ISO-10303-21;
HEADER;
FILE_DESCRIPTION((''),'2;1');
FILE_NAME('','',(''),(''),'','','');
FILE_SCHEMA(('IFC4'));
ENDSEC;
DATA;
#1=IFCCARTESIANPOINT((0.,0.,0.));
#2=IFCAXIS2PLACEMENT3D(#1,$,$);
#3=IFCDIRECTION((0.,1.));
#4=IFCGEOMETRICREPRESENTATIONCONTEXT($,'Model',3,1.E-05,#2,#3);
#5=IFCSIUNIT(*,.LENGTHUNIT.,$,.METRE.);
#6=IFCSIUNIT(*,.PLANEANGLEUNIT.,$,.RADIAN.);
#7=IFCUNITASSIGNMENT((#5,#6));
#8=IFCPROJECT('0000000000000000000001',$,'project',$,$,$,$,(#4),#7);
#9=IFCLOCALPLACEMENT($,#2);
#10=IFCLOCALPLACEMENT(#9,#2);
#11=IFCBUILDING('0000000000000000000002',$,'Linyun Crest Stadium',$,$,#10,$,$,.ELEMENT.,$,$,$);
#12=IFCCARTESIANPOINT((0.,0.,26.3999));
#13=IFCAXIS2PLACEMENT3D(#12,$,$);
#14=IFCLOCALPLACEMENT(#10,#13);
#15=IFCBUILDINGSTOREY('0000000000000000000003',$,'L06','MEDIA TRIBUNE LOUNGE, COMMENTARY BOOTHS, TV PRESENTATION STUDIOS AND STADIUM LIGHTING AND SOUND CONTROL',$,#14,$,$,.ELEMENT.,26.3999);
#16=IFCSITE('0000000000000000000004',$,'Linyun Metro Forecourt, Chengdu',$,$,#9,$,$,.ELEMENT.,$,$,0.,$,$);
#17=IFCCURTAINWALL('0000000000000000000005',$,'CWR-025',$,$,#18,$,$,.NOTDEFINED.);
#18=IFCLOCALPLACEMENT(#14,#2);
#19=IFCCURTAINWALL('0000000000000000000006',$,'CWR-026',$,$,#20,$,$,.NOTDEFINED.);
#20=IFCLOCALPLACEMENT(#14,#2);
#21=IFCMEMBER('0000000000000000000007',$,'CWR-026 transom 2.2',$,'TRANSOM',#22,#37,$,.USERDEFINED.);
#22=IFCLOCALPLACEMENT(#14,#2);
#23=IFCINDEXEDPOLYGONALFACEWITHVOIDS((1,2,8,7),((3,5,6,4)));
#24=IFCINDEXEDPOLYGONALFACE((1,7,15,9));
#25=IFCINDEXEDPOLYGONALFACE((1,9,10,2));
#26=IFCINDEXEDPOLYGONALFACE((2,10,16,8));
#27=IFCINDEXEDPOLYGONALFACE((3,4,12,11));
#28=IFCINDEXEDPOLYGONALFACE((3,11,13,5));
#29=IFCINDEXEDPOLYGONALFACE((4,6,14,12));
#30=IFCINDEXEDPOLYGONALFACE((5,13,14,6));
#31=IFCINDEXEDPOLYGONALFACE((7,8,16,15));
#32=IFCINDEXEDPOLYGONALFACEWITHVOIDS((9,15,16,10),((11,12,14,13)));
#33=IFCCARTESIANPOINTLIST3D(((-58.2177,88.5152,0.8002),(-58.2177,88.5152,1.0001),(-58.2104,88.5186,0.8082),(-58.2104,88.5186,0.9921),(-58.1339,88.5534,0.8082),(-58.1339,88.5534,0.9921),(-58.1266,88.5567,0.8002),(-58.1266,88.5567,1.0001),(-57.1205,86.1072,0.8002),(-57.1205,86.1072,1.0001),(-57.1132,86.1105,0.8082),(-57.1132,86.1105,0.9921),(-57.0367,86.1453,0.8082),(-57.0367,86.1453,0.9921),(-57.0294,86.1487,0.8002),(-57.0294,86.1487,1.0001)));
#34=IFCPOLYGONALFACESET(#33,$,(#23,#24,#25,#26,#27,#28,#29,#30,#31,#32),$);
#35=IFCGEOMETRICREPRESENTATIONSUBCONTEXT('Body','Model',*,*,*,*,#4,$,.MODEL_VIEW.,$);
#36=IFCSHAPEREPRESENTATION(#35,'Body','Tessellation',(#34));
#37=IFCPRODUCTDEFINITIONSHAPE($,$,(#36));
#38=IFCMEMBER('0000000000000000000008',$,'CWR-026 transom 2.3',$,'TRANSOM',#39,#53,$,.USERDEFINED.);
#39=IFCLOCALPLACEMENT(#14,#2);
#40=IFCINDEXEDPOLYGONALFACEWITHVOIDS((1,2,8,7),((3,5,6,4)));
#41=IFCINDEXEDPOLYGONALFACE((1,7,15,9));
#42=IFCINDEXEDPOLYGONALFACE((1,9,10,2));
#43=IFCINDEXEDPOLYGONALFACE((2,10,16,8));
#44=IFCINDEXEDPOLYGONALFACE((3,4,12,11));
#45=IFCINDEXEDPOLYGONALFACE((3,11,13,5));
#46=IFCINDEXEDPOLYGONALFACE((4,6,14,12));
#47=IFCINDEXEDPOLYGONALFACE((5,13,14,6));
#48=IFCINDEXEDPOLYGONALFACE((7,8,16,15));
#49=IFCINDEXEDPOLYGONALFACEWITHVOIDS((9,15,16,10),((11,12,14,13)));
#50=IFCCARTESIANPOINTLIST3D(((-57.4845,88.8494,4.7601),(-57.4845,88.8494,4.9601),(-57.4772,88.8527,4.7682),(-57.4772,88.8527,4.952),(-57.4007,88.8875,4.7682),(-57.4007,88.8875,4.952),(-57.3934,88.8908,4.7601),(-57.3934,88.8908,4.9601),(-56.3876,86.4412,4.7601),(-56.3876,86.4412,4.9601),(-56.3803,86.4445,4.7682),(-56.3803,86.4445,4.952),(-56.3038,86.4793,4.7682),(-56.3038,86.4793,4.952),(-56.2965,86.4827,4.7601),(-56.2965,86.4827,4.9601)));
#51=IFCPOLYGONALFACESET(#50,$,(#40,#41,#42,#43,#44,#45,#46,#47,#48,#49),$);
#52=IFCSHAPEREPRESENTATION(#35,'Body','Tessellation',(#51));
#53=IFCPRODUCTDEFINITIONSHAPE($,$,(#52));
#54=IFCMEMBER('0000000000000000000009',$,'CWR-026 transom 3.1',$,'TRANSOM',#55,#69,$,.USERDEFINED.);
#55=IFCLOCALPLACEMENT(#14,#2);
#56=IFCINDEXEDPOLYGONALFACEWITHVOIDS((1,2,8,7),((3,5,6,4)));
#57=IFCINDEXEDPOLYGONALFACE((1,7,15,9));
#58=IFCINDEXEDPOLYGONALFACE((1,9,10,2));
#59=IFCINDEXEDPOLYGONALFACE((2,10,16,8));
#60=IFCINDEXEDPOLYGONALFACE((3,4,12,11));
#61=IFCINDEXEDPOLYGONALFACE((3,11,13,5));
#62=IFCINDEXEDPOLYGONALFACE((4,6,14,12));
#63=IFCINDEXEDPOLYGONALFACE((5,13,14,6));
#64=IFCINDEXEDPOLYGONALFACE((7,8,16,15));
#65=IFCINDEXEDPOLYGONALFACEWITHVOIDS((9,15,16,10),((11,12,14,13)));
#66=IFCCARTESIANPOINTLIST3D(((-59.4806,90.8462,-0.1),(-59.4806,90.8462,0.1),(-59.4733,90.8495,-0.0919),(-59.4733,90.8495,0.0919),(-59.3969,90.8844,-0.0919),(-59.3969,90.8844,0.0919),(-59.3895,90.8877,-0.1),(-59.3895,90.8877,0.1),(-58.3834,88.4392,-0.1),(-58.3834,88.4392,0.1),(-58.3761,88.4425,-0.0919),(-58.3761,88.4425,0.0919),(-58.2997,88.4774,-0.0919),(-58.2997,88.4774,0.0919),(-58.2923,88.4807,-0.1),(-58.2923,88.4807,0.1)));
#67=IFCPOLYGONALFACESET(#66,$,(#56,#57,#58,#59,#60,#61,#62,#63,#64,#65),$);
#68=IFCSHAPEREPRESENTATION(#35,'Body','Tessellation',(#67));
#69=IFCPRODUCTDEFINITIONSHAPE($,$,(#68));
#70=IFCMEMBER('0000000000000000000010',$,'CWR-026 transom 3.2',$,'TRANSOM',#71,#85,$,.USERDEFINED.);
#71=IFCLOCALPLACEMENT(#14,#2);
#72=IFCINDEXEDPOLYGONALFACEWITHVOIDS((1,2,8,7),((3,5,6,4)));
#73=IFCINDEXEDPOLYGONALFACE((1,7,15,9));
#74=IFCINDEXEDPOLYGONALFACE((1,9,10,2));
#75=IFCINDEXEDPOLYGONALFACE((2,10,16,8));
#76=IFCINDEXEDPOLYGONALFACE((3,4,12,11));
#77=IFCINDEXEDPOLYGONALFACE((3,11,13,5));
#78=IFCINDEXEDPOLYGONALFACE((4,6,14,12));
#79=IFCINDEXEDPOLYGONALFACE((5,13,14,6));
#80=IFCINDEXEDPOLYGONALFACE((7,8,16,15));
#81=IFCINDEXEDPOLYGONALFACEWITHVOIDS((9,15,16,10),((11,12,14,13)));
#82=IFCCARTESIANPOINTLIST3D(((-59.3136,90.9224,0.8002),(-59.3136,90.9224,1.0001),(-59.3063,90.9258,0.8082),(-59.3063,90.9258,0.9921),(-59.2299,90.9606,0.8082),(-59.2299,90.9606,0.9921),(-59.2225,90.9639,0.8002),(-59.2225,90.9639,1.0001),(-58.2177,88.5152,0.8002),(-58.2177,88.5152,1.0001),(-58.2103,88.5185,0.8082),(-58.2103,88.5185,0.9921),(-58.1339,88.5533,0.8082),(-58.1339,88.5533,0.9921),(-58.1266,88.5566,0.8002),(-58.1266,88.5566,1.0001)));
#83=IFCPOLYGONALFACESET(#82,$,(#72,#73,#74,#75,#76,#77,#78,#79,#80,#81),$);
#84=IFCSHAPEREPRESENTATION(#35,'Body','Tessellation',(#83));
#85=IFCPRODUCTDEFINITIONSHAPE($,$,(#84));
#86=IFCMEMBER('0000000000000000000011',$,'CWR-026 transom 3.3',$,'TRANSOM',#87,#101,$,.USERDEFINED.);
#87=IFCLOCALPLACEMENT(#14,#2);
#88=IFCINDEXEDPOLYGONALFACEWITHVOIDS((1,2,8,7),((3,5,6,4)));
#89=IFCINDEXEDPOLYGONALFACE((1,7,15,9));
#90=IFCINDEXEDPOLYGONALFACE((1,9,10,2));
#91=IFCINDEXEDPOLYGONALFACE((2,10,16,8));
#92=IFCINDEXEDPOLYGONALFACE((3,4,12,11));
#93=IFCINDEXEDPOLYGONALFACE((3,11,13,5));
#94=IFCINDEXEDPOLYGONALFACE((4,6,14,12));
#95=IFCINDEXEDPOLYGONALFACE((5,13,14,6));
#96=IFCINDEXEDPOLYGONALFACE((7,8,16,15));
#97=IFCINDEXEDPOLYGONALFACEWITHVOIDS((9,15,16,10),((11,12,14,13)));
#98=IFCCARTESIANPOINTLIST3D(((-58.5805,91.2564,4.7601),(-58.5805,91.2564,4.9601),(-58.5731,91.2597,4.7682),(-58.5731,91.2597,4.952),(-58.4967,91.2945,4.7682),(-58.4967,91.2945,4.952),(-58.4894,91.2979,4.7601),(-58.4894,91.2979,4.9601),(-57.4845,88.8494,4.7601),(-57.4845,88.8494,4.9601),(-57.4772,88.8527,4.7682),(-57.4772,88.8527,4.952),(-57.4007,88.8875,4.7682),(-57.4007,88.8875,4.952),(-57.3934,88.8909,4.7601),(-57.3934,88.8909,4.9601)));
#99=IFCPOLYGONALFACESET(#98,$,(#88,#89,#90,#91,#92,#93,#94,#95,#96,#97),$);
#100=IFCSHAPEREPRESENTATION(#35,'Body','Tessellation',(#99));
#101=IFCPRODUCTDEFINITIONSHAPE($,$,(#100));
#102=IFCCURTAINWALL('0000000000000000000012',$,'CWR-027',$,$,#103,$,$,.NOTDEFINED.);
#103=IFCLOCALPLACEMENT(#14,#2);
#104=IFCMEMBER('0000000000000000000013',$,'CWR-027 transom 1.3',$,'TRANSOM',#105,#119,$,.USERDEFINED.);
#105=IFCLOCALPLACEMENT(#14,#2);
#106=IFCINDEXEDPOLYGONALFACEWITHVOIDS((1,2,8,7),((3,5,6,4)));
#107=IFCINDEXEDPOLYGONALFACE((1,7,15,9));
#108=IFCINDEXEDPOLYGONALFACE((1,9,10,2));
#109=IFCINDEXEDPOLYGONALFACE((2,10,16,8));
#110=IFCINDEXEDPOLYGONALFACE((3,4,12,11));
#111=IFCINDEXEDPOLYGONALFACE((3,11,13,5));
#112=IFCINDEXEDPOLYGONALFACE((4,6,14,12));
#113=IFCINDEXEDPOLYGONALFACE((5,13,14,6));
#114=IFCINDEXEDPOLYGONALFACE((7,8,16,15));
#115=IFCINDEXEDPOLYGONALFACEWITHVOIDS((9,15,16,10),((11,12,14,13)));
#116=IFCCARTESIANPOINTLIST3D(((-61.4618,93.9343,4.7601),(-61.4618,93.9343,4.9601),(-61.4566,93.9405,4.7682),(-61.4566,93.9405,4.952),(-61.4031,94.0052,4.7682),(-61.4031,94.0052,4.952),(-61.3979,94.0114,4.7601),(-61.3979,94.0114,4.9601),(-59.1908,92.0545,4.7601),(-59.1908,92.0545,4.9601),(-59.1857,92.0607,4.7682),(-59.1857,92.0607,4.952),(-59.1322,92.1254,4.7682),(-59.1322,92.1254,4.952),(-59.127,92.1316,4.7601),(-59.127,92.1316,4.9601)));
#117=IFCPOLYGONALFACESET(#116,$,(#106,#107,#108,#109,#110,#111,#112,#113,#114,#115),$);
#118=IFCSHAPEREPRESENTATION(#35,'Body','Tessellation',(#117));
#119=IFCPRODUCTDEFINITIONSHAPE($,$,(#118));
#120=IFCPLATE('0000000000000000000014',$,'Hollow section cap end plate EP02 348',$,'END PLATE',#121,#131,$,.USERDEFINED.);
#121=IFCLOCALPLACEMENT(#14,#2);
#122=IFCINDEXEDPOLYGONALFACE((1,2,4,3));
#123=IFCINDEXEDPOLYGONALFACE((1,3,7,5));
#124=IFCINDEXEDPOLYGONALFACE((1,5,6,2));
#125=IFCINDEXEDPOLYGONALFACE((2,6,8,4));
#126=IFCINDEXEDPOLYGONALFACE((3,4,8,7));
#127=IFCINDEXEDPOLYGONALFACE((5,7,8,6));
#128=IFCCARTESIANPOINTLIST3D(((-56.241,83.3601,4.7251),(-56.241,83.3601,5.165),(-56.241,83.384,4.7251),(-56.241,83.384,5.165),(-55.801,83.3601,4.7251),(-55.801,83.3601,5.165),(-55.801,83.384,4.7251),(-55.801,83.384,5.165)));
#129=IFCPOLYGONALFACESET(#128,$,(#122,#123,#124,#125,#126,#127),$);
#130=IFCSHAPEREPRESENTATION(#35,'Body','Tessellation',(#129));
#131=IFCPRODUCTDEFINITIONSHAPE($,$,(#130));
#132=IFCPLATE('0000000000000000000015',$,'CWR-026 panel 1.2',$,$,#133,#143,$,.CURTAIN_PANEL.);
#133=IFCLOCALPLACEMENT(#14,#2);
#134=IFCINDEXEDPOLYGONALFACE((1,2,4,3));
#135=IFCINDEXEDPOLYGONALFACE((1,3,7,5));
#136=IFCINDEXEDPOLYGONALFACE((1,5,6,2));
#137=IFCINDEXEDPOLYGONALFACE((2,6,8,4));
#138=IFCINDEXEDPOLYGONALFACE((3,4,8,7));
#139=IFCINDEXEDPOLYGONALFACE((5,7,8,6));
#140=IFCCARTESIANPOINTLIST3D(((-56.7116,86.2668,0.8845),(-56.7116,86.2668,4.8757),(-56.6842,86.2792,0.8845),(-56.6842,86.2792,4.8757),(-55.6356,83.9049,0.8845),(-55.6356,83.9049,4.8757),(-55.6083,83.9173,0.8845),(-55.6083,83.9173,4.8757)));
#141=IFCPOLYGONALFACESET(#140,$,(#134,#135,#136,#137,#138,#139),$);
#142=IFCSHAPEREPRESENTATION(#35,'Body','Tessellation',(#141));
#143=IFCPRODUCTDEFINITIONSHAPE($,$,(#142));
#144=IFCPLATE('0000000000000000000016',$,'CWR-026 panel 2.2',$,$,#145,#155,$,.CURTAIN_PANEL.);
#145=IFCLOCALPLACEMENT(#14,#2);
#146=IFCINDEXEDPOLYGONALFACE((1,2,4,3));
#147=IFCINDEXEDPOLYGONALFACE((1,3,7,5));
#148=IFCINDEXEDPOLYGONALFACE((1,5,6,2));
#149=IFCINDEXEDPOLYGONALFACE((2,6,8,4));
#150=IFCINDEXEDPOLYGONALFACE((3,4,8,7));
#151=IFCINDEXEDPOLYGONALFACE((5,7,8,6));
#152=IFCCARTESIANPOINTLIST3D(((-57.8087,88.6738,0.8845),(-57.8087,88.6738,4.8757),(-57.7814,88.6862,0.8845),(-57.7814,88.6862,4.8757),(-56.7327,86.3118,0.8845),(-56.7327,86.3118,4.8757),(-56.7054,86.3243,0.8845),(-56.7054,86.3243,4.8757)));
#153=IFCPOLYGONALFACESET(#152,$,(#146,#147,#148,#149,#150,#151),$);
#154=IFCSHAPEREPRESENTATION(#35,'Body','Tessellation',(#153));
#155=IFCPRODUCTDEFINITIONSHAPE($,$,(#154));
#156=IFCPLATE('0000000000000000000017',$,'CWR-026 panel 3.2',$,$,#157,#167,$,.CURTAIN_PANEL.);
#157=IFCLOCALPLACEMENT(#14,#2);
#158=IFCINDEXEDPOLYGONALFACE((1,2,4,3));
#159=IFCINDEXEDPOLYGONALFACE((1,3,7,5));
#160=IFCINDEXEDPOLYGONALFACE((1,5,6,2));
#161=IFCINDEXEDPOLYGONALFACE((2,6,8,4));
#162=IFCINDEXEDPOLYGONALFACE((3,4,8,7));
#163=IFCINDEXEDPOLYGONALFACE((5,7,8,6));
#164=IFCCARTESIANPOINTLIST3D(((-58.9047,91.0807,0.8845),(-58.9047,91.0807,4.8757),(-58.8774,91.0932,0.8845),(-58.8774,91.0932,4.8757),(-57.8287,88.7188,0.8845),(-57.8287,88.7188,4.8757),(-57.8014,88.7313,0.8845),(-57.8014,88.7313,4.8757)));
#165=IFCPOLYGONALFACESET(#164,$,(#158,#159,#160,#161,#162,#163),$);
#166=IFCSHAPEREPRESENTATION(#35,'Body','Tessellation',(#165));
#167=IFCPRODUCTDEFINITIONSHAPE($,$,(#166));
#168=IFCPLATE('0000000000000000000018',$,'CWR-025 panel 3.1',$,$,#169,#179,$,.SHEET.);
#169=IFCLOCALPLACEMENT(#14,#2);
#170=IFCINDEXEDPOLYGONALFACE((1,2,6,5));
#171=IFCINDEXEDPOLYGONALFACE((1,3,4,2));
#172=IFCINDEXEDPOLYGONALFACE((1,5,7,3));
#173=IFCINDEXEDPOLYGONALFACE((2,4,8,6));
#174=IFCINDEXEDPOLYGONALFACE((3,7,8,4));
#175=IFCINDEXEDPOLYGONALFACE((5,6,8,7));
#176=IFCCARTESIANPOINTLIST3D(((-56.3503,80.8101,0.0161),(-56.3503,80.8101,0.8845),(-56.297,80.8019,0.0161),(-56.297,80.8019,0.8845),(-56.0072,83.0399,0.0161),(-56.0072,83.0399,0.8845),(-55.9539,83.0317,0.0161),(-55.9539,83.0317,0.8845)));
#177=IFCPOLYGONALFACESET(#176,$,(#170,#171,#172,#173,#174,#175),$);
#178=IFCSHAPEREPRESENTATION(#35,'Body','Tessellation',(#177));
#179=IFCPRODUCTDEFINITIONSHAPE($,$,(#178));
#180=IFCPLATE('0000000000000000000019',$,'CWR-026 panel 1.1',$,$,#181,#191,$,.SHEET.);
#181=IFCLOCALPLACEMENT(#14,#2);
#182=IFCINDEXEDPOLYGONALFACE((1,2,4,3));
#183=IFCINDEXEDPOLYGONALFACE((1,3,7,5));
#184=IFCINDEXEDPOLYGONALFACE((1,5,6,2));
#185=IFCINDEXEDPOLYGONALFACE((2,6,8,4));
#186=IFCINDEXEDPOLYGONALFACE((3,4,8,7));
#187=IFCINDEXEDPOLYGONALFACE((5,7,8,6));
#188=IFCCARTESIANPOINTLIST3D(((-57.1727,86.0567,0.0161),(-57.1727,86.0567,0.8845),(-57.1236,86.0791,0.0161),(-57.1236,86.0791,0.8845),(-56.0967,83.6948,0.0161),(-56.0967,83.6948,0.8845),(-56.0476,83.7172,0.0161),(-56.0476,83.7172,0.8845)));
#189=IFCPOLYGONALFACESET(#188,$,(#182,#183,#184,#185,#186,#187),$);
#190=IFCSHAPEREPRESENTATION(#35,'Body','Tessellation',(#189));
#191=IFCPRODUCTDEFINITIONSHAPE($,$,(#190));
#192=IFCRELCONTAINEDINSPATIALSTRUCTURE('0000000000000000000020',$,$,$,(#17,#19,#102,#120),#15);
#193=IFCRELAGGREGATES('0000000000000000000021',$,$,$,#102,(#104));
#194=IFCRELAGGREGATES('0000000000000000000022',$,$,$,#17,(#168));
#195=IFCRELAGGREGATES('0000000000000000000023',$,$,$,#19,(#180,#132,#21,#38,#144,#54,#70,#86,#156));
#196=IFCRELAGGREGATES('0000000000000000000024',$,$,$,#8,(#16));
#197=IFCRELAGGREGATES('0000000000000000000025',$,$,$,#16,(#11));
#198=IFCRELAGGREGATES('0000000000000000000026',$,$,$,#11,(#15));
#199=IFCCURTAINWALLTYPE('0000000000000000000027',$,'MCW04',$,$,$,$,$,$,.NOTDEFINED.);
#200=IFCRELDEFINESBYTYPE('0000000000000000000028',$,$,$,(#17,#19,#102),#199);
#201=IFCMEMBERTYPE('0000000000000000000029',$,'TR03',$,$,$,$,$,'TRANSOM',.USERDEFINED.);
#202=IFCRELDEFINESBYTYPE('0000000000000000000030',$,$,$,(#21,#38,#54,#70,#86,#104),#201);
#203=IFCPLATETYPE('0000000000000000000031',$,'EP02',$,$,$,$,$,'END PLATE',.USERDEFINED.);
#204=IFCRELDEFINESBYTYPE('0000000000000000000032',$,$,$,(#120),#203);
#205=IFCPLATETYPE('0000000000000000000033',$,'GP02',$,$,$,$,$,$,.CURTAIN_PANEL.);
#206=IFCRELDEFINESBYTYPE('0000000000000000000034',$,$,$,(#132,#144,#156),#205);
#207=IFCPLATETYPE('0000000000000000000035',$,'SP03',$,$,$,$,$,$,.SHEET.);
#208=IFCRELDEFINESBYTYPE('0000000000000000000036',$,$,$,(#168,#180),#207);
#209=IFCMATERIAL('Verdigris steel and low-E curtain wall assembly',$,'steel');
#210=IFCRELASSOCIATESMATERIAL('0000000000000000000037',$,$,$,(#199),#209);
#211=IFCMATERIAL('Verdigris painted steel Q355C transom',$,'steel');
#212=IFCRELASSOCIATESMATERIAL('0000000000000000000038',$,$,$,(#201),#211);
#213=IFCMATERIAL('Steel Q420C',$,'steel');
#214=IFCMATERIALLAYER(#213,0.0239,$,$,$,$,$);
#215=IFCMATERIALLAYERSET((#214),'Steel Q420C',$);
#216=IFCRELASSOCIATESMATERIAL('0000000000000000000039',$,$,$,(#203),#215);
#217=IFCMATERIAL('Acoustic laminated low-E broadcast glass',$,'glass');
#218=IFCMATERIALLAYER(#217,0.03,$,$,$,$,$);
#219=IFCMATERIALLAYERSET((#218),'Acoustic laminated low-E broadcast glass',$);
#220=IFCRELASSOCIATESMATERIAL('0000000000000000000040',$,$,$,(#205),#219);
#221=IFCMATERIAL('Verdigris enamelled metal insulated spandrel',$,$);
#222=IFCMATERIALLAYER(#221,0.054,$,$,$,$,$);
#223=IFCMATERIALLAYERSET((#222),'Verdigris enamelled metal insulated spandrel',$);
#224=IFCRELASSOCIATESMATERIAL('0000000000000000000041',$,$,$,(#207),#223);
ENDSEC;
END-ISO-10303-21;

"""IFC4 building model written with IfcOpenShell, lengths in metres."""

from ifc_helpers import new_model, si_unit, direction, frame, origin, origin_2d, place, context, subcontext, project, spatial, rectangle, hollow_rectangle, extrude, material, layer, layer_set, material_profile, profile_set, type_object, element, aggregate, save


model = new_model("IFC4")

# Units and contexts
model_context = context("Model", 3, precision=1e-05, world=origin(), true_north=direction((0.0, 1.0)))
body_context = subcontext(model_context, "Body", "Model", "MODEL_VIEW")
ifc_project = project(units=[si_unit("LENGTHUNIT", "METRE"), si_unit("PLANEANGLEUNIT", "RADIAN")], contexts=[model_context])

# Site, building, storey
site_placement = place(None, origin())
site = spatial("IfcSite", under=ifc_project, at=site_placement, Name="Linyun Metro Forecourt, Chengdu", CompositionType="ELEMENT", RefElevation=0.0)
building_placement = place(site_placement, origin())
building = spatial("IfcBuilding", under=site, at=building_placement, Name="Linyun Crest Stadium", CompositionType="ELEMENT")
storey_placement = place(building_placement, frame((0.0, 0.0, 26.3999)))
storey = spatial("IfcBuildingStorey", under=building, at=storey_placement, Name="L06", Description="MEDIA TRIBUNE LOUNGE, COMMENTARY BOOTHS, TV PRESENTATION STUDIOS AND STADIUM LIGHTING AND SOUND CONTROL", CompositionType="ELEMENT", Elevation=26.3999)

# Curtain wall
ifc_material_1 = material(Name="Verdigris steel and low-E curtain wall assembly", Category="steel")
curtain_wall_type = type_object("IfcCurtainWallType", Name="MCW04", PredefinedType="NOTDEFINED", material=ifc_material_1)
curtain_wall_1_placement = place(storey_placement, origin())
curtain_wall_1 = element("IfcCurtainWall", 1, at=curtain_wall_1_placement, inside=storey, type_object=curtain_wall_type, Name="CWR-025", PredefinedType="NOTDEFINED")

# Curtain wall
curtain_wall_2_placement = place(storey_placement, origin())
curtain_wall_2 = element("IfcCurtainWall", 2, at=curtain_wall_2_placement, inside=storey, type_object=curtain_wall_type, Name="CWR-026", PredefinedType="NOTDEFINED")

# Members
ifc_material_2 = material(Name="Verdigris painted steel Q355C transom", Category="steel")
ifc_material_profile_1 = material_profile(ifc_material_2, hollow_rectangle(XDim=0.1001, YDim=0.2, WallThickness=0.0081, at=origin_2d()), Name="RHS 200x100x8")
ifc_profile_set_1 = profile_set([ifc_material_profile_1], Name="Verdigris painted steel Q355C transom")
member_type_1 = type_object("IfcMemberType", Name="TR03", ElementType="TRANSOM", PredefinedType="USERDEFINED", material=ifc_profile_set_1)
member_1_placement = place(storey_placement, frame((-57.075, 86.1279, 0.9001), z_axis=(-0.41463, 0.90999, 0.0), x_axis=(-0.90999, -0.41463, 0.0)))
member_1 = element("IfcMember", 3, at=member_1_placement, type_object=member_type_1, Name="CWR-026 transom 2.2", ObjectType="TRANSOM", PredefinedType="USERDEFINED", context=body_context, shape_type="SweptSolid", body=[
    extrude(hollow_rectangle(XDim=0.1001, YDim=0.2, WallThickness=0.0081, at=origin_2d()), origin(), (0.0, 0.0, 1.0), 2.6462),
])
member_2_placement = place(storey_placement, frame((-56.342, 86.4619, 4.8601), z_axis=(-0.414519, 0.910041, 0.0), x_axis=(-0.910041, -0.414519, 0.0)))
member_2 = element("IfcMember", 4, at=member_2_placement, type_object=member_type_1, Name="CWR-026 transom 2.3", ObjectType="TRANSOM", PredefinedType="USERDEFINED", context=body_context, shape_type="SweptSolid", body=[
    extrude(hollow_rectangle(XDim=0.1001, YDim=0.2, WallThickness=0.0081, at=origin_2d()), origin(), (0.0, 0.0, 1.0), 2.6462),
])
member_3_placement = place(storey_placement, frame((-58.3379, 88.46, 0.0), z_axis=(-0.414769, 0.909927, 0.0), x_axis=(-0.909927, -0.414769, 0.0)))
member_3 = element("IfcMember", 5, at=member_3_placement, type_object=member_type_1, Name="CWR-026 transom 3.1", ObjectType="TRANSOM", PredefinedType="USERDEFINED", context=body_context, shape_type="SweptSolid", body=[
    extrude(hollow_rectangle(XDim=0.1001, YDim=0.2, WallThickness=0.0081, at=origin_2d()), origin(), (0.0, 0.0, 1.0), 2.6453),
])
member_4_placement = place(storey_placement, frame((-58.1721, 88.5359, 0.9001), z_axis=(-0.414352, 0.910117, 0.0), x_axis=(-0.910117, -0.414352, 0.0)))
member_4 = element("IfcMember", 6, at=member_4_placement, type_object=member_type_1, Name="CWR-026 transom 3.2", ObjectType="TRANSOM", PredefinedType="USERDEFINED", context=body_context, shape_type="SweptSolid", body=[
    extrude(hollow_rectangle(XDim=0.1001, YDim=0.2, WallThickness=0.0081, at=origin_2d()), origin(), (0.0, 0.0, 1.0), 2.645),
])
member_5_placement = place(storey_placement, frame((-57.439, 88.8701, 4.8601), z_axis=(-0.414387, 0.910101, 0.0), x_axis=(-0.910101, -0.414387, 0.0)))
member_5 = element("IfcMember", 7, at=member_5_placement, type_object=member_type_1, Name="CWR-026 transom 3.3", ObjectType="TRANSOM", PredefinedType="USERDEFINED", context=body_context, shape_type="SweptSolid", body=[
    extrude(hollow_rectangle(XDim=0.1001, YDim=0.2, WallThickness=0.0081, at=origin_2d()), origin(), (0.0, 0.0, 1.0), 2.6448),
])

# Curtain wall, member
curtain_wall_3_placement = place(storey_placement, origin())
curtain_wall_3 = element("IfcCurtainWall", 8, at=curtain_wall_3_placement, inside=storey, type_object=curtain_wall_type, Name="CWR-027", PredefinedType="NOTDEFINED")
member_6_placement = place(storey_placement, frame((-59.1589, 92.093, 4.8601), z_axis=(-0.770321, 0.637656, 0.0), x_axis=(-0.637656, -0.770321, 0.0)))
member_6 = element("IfcMember", 9, at=member_6_placement, type_object=member_type_1, Name="CWR-027 transom 1.3", ObjectType="TRANSOM", PredefinedType="USERDEFINED", context=body_context, shape_type="SweptSolid", body=[
    extrude(hollow_rectangle(XDim=0.1001, YDim=0.2, WallThickness=0.0081, at=origin_2d()), origin(), (0.0, 0.0, 1.0), 2.948),
])
aggregate(curtain_wall_3, [member_6])

# Plates
ifc_material_3 = material(Name="Steel Q420C", Category="steel")
ifc_layer_1 = layer(ifc_material_3, 0.0239)
ifc_layer_set_1 = layer_set([ifc_layer_1], Name="Steel Q420C")
plate_type_1 = type_object("IfcPlateType", Name="EP02", ElementType="END PLATE", PredefinedType="USERDEFINED", material=ifc_layer_set_1)
plate_1_placement = place(storey_placement, frame((-56.021, 83.3721, 4.7251), z_axis=(0.0, 0.0, 1.0), x_axis=(1.0, 0.0, 0.0)))
element("IfcPlate", 10, at=plate_1_placement, inside=storey, type_object=plate_type_1, Name="Hollow section cap end plate EP02 348", ObjectType="END PLATE", PredefinedType="USERDEFINED", context=body_context, shape_type="SweptSolid", body=[
    extrude(rectangle(XDim=0.4399, YDim=0.0239, at=origin_2d()), origin(), (0.0, 0.0, 1.0), 0.4399),
])
ifc_material_4 = material(Name="Acoustic laminated low-E broadcast glass", Category="glass")
ifc_layer_2 = layer(ifc_material_4, 0.03)
ifc_layer_set_2 = layer_set([ifc_layer_2], Name="Acoustic laminated low-E broadcast glass")
plate_type_2 = type_object("IfcPlateType", Name="GP02", PredefinedType="CURTAIN_PANEL", material=ifc_layer_set_2)
plate_2_placement = place(storey_placement, frame((-56.1599, 85.092, 0.8845), z_axis=(0.0, 0.0, 1.0), x_axis=(-0.414566, 0.910019, 0.0)))
plate_2 = element("IfcPlate", 11, at=plate_2_placement, type_object=plate_type_2, Name="CWR-026 panel 1.2", PredefinedType="CURTAIN_PANEL", context=body_context, shape_type="SweptSolid", body=[
    extrude(rectangle(XDim=2.5955, YDim=0.03, at=origin_2d()), origin(), (0.0, 0.0, 1.0), 3.9912),
])
plate_3_placement = place(storey_placement, frame((-57.2571, 87.499, 0.8845), z_axis=(0.0, 0.0, 1.0), x_axis=(-0.414566, 0.910019, 0.0)))
plate_3 = element("IfcPlate", 12, at=plate_3_placement, type_object=plate_type_2, Name="CWR-026 panel 2.2", PredefinedType="CURTAIN_PANEL", context=body_context, shape_type="SweptSolid", body=[
    extrude(rectangle(XDim=2.5955, YDim=0.03, at=origin_2d()), origin(), (0.0, 0.0, 1.0), 3.9912),
])
plate_4_placement = place(storey_placement, frame((-58.353, 89.906, 0.8845), z_axis=(0.0, 0.0, 1.0), x_axis=(-0.414566, 0.910019, 0.0)))
plate_4 = element("IfcPlate", 13, at=plate_4_placement, type_object=plate_type_2, Name="CWR-026 panel 3.2", PredefinedType="CURTAIN_PANEL", context=body_context, shape_type="SweptSolid", body=[
    extrude(rectangle(XDim=2.5955, YDim=0.03, at=origin_2d()), origin(), (0.0, 0.0, 1.0), 3.9912),
])
ifc_material_5 = material(Name="Verdigris enamelled metal insulated spandrel")
ifc_layer_3 = layer(ifc_material_5, 0.054)
ifc_layer_set_3 = layer_set([ifc_layer_3], Name="Verdigris enamelled metal insulated spandrel")
plate_type_3 = type_object("IfcPlateType", Name="SP03", PredefinedType="SHEET", material=ifc_layer_set_3)
plate_5_placement = place(storey_placement, frame((-56.1521, 81.9209, 0.0161), z_axis=(0.0, 0.0, 1.0), x_axis=(0.152054, 0.988372, 0.0)))
plate_5 = element("IfcPlate", 14, at=plate_5_placement, type_object=plate_type_3, Name="CWR-025 panel 3.1", PredefinedType="SHEET", context=body_context, shape_type="SweptSolid", body=[
    extrude(rectangle(XDim=2.2561, YDim=0.054, at=origin_2d()), origin(), (0.0, 0.0, 1.0), 0.8684),
])
aggregate(curtain_wall_1, [plate_5])
plate_6_placement = place(storey_placement, frame((-56.6101, 84.887, 0.0161), z_axis=(0.0, 0.0, 1.0), x_axis=(-0.414566, 0.910019, 0.0)))
plate_6 = element("IfcPlate", 15, at=plate_6_placement, type_object=plate_type_3, Name="CWR-026 panel 1.1", PredefinedType="SHEET", context=body_context, shape_type="SweptSolid", body=[
    extrude(rectangle(XDim=2.5955, YDim=0.054, at=origin_2d()), origin(), (0.0, 0.0, 1.0), 0.8684),
])
aggregate(curtain_wall_2, [plate_6, plate_2, member_1, member_2, plate_3, member_3, member_4, member_5, plate_4])

save(model, "model.ifc")
